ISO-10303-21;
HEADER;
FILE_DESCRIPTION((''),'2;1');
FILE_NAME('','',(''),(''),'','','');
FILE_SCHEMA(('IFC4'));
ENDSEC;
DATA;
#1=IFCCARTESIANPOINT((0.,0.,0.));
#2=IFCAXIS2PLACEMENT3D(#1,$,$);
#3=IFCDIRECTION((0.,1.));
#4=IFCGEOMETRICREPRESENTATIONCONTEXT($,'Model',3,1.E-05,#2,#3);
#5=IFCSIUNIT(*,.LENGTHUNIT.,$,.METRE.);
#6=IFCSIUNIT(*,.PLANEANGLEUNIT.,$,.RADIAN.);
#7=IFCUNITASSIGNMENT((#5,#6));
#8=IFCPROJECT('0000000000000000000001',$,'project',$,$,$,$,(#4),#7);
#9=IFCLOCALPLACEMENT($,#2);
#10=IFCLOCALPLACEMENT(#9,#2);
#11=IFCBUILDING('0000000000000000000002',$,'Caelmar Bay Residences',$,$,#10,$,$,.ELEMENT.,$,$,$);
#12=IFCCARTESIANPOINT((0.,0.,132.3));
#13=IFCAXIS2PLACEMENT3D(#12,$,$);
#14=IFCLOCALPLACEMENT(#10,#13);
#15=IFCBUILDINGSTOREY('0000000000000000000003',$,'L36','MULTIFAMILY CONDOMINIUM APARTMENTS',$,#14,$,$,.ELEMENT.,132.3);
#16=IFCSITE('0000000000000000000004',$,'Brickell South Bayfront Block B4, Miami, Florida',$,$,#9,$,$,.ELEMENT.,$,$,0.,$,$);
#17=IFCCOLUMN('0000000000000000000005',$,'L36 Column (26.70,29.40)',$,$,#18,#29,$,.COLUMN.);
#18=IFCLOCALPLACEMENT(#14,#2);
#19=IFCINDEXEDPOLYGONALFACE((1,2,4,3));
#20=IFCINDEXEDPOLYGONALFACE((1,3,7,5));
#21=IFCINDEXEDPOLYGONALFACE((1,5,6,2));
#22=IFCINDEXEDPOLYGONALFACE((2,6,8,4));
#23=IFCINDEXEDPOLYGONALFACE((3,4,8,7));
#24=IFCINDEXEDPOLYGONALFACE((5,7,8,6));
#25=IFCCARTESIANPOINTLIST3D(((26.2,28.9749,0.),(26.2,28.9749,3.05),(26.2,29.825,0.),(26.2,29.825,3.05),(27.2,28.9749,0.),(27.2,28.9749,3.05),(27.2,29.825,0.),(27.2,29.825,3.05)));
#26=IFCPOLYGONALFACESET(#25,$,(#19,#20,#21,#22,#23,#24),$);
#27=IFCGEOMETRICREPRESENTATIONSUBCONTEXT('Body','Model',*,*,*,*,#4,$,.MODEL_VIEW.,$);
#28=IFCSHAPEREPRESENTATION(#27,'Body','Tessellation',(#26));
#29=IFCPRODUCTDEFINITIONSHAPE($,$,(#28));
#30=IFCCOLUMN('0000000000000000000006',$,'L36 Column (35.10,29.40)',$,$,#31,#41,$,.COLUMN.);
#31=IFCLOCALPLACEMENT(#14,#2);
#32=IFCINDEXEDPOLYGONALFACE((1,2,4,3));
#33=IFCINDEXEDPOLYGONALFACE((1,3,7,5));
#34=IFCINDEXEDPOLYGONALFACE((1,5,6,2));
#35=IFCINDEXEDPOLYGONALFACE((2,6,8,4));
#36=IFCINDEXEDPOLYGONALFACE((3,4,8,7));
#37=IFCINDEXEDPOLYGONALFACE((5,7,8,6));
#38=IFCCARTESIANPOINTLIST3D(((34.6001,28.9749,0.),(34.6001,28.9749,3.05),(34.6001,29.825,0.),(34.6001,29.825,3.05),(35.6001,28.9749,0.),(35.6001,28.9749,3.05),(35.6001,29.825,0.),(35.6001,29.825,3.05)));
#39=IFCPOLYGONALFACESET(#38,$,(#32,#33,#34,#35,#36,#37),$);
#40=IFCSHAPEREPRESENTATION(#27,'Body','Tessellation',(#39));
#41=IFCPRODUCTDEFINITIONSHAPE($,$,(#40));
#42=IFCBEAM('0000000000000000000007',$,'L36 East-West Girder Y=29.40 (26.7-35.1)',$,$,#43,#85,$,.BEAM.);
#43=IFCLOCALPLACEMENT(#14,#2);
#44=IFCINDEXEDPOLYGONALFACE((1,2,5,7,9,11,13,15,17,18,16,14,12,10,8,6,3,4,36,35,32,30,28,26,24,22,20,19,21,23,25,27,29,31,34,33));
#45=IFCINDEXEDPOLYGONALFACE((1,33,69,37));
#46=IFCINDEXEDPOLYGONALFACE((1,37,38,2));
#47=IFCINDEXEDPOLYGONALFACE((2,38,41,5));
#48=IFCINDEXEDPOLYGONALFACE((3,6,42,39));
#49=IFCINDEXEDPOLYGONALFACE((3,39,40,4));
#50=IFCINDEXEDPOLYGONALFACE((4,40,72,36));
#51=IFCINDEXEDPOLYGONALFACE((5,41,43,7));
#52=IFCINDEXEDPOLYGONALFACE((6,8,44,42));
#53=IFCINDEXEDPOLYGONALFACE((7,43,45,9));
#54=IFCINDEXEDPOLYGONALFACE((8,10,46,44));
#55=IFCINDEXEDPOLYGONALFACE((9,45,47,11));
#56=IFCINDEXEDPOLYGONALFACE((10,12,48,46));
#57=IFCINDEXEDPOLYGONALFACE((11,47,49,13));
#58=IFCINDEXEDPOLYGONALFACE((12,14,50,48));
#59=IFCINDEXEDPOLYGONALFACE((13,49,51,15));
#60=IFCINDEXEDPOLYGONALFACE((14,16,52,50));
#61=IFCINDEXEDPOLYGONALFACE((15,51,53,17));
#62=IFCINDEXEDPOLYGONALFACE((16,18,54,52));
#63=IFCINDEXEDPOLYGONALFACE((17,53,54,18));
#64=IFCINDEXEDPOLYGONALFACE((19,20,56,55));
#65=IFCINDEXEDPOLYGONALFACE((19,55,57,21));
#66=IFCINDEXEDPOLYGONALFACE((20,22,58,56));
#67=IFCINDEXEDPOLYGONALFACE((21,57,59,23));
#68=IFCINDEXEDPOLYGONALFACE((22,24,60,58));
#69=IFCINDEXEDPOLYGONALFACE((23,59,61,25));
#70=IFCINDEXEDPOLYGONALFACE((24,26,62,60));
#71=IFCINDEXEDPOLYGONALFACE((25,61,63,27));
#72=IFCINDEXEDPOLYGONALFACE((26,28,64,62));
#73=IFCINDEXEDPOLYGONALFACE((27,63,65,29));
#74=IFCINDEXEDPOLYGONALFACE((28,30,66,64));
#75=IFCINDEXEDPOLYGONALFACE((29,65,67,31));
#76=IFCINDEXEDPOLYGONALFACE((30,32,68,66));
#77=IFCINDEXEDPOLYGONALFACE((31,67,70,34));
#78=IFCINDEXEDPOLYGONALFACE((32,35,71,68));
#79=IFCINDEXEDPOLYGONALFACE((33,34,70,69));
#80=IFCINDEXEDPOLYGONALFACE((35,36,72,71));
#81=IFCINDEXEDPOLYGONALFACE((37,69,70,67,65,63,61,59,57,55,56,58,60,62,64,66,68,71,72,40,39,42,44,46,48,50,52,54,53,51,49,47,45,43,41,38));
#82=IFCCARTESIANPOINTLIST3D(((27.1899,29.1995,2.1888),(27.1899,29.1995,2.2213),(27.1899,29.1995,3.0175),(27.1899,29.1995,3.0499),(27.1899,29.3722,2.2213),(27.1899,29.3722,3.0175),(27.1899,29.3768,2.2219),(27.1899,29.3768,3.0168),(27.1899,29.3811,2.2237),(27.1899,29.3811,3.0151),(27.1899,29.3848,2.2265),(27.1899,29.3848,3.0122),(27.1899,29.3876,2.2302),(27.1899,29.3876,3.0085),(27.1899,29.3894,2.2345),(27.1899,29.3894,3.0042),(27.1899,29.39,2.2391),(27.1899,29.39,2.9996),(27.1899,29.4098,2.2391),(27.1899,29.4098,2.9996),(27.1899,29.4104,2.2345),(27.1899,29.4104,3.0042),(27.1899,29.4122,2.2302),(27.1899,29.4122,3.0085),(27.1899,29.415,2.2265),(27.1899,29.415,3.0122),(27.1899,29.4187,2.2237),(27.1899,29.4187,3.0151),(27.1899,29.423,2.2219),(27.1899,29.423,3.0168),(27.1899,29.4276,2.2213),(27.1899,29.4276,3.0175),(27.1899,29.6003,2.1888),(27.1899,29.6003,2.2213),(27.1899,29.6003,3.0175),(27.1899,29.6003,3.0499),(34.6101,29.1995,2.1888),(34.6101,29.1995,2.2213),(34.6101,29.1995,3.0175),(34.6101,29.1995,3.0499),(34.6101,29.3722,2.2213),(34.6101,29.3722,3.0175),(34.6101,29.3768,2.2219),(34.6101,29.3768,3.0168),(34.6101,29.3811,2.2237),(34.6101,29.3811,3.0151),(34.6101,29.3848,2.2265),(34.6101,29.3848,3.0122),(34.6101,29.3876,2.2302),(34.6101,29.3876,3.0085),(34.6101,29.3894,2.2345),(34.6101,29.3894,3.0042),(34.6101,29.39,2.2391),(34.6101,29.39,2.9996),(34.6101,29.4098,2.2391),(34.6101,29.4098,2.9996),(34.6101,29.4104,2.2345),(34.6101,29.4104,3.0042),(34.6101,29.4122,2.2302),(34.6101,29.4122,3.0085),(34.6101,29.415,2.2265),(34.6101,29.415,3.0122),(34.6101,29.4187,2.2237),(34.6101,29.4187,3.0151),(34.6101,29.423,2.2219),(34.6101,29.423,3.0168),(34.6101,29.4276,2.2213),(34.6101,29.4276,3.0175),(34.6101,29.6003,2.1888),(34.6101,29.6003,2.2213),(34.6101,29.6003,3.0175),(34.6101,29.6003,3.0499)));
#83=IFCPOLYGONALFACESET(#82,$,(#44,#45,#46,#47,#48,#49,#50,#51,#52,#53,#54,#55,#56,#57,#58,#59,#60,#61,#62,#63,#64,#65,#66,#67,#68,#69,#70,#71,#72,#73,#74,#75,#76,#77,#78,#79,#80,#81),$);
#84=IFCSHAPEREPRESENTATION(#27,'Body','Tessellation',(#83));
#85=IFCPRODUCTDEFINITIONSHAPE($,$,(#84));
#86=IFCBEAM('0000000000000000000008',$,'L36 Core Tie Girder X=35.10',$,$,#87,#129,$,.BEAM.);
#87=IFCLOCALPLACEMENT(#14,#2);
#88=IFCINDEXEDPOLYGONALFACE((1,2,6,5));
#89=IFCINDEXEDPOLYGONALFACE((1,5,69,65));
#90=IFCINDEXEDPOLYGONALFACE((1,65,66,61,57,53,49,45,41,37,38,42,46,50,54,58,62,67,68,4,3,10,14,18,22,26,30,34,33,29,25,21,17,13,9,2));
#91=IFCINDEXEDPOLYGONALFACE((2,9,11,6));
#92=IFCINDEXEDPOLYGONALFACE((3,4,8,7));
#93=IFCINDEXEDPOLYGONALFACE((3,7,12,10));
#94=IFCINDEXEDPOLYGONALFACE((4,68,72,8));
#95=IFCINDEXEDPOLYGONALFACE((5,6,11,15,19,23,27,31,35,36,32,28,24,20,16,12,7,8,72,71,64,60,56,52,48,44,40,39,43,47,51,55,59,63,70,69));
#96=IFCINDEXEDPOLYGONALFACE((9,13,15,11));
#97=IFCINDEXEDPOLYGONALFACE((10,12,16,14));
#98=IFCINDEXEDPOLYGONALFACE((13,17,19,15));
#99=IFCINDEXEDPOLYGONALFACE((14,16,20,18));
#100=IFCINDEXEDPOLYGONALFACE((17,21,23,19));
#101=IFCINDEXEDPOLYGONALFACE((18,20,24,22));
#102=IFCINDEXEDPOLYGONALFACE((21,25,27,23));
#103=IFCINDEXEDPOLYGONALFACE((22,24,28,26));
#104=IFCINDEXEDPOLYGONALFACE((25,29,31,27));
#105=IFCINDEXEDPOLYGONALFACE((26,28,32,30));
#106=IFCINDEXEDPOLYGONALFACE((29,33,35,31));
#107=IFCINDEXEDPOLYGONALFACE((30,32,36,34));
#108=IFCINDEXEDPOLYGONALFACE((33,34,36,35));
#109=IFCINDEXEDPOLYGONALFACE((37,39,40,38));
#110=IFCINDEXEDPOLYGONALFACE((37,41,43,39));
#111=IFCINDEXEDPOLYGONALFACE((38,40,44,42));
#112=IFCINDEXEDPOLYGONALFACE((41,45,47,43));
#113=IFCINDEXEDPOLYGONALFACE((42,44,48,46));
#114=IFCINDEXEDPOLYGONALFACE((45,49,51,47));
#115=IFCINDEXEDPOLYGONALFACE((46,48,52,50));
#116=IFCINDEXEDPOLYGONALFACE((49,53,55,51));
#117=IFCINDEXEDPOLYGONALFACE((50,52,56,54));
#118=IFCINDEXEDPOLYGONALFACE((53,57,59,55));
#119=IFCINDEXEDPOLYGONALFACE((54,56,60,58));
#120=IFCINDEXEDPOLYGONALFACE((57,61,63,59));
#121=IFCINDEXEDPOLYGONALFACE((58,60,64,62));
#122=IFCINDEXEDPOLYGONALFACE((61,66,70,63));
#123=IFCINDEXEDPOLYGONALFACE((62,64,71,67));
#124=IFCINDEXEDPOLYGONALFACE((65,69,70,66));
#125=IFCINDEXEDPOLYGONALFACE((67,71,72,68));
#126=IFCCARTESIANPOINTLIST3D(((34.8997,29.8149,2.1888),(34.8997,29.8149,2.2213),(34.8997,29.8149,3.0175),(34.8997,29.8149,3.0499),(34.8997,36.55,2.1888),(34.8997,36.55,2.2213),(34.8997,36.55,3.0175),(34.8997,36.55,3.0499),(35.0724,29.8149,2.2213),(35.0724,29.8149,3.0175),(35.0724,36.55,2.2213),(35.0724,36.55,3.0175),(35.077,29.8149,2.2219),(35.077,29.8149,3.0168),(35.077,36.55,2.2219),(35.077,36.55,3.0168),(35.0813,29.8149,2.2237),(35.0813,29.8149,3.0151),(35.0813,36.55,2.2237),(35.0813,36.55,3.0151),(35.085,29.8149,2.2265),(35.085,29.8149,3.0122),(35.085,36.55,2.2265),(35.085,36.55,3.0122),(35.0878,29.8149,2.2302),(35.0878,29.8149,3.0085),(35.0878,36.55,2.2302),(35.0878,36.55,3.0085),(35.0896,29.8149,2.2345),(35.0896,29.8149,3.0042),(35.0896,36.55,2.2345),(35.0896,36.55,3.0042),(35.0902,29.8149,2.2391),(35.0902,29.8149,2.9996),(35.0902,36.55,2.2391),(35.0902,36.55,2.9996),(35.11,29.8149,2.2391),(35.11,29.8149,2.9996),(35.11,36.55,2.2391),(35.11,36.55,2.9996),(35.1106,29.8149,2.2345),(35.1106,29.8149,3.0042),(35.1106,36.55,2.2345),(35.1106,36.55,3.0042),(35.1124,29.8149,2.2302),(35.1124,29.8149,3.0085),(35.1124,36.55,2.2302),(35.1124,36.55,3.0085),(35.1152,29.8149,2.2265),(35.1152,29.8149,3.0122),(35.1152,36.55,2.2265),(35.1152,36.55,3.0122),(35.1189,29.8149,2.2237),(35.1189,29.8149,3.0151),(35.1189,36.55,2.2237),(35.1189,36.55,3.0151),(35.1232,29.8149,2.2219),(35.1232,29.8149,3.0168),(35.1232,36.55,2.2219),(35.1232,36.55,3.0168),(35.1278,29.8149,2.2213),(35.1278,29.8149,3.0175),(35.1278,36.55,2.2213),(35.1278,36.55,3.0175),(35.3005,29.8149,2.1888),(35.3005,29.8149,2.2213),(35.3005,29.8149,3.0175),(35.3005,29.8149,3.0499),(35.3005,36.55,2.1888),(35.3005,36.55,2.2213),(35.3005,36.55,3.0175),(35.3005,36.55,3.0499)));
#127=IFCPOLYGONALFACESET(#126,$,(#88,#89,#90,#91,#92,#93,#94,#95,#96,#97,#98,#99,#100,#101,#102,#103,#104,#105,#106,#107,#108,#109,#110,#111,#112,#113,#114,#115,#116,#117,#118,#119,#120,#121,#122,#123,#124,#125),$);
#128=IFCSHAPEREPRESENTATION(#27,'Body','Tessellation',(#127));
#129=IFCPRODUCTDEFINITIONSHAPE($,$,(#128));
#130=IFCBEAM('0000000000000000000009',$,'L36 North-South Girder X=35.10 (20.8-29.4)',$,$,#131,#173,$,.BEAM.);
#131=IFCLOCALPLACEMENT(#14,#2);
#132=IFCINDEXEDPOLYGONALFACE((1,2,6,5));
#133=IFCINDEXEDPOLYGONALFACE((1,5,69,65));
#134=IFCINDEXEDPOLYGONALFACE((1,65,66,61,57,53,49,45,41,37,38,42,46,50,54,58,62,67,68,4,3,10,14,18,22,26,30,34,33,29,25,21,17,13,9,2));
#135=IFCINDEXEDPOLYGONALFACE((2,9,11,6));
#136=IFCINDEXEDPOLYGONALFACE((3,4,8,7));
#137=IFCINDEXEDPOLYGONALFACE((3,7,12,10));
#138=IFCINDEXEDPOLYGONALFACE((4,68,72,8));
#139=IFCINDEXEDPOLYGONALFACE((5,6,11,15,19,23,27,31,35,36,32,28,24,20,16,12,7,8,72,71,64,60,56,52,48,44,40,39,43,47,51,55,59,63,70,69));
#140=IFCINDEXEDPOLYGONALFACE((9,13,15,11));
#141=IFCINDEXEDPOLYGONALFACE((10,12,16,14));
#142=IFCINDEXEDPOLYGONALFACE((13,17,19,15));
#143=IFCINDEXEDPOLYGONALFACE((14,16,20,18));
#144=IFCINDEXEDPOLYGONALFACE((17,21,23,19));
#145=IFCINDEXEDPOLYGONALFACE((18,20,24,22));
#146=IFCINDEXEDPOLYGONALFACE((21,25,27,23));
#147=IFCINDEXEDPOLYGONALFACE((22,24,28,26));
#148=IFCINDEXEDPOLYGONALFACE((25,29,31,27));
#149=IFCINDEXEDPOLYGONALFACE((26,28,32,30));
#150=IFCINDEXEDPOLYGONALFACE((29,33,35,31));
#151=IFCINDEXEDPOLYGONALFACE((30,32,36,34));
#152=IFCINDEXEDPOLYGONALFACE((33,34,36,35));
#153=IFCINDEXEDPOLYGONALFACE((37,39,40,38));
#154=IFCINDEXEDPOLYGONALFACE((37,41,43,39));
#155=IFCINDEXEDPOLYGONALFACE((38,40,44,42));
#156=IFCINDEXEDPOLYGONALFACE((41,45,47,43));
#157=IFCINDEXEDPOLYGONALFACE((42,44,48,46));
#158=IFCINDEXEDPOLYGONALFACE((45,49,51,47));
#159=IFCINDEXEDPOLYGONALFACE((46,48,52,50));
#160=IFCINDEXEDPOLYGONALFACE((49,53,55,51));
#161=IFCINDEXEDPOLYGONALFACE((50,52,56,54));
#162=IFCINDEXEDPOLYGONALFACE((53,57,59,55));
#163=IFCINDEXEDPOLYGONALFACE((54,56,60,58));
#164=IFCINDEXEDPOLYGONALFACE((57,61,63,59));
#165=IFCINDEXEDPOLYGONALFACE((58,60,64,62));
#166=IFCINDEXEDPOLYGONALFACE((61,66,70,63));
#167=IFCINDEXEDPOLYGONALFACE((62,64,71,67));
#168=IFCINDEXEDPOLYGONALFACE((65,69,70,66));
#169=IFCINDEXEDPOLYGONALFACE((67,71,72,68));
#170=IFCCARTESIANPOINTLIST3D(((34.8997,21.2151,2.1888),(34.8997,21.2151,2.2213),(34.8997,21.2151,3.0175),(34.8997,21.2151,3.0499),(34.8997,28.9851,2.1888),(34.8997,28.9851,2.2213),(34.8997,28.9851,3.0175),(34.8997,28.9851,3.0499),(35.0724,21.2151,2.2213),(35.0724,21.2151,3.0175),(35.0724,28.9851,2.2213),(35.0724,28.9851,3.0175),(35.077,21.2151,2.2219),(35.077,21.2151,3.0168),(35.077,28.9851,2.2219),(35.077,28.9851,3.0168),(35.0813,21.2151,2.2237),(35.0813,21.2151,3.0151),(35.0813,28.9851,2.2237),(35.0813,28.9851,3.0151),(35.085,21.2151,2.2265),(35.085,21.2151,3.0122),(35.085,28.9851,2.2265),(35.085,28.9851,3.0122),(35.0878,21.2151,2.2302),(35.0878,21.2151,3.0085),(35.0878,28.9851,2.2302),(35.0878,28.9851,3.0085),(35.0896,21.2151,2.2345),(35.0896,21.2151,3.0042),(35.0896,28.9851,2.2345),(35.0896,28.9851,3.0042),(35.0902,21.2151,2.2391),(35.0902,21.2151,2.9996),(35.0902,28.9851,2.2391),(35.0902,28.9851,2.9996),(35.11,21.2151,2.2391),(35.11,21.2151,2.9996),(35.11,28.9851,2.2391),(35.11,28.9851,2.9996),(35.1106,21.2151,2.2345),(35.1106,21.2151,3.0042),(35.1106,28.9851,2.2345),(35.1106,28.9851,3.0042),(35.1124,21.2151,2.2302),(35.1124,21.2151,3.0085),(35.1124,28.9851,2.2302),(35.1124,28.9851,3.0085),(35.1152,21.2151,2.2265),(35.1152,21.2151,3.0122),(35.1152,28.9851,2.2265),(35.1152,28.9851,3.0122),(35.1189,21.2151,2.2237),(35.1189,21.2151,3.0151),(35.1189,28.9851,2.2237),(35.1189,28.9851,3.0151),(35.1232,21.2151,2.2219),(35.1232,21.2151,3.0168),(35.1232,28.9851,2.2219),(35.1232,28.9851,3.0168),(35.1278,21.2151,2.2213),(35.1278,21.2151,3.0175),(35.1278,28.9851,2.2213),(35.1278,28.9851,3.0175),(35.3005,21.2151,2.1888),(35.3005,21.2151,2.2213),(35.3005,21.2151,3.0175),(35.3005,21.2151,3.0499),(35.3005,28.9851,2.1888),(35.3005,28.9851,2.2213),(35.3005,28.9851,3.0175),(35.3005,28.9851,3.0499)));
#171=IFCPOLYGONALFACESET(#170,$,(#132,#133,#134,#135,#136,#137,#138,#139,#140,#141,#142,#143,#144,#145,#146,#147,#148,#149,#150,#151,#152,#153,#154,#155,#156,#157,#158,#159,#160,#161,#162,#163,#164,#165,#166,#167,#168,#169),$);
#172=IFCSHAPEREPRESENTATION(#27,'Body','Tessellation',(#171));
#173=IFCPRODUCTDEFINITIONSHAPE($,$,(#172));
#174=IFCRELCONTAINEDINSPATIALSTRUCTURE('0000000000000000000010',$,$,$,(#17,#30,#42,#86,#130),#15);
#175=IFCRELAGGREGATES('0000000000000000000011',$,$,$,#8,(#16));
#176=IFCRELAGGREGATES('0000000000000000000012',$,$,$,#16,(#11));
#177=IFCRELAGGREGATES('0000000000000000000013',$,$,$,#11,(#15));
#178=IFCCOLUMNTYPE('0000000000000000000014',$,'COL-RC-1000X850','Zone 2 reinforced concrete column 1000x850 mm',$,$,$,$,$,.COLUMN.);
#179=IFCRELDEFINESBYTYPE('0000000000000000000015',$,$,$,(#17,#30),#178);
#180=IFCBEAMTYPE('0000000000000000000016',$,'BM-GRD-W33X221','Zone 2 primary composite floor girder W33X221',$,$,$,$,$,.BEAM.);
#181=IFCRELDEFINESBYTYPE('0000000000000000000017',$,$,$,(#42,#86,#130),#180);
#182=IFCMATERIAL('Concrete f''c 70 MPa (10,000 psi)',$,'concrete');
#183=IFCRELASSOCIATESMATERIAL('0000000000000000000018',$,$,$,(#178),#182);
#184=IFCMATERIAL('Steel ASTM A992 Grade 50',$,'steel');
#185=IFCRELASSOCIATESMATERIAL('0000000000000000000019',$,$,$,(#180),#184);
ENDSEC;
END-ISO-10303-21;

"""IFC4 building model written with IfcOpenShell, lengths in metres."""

from ifc_helpers import new_model, si_unit, direction, frame, origin, origin_2d, place, context, subcontext, project, spatial, rectangle, i_section, extrude, material, material_profile, profile_set, type_object, element, save


model = new_model("IFC4")

# Units and contexts
model_context = context("Model", 3, precision=1e-05, world=origin(), true_north=direction((0.0, 1.0)))
body_context = subcontext(model_context, "Body", "Model", "MODEL_VIEW")
ifc_project = project(units=[si_unit("LENGTHUNIT", "METRE"), si_unit("PLANEANGLEUNIT", "RADIAN")], contexts=[model_context])

# Site, building, storey
site_placement = place(None, origin())
site = spatial("IfcSite", under=ifc_project, at=site_placement, Name="Brickell South Bayfront Block B4, Miami, Florida", CompositionType="ELEMENT", RefElevation=0.0)
building_placement = place(site_placement, origin())
building = spatial("IfcBuilding", under=site, at=building_placement, Name="Caelmar Bay Residences", CompositionType="ELEMENT")
storey_placement = place(building_placement, frame((0.0, 0.0, 132.3)))
storey = spatial("IfcBuildingStorey", under=building, at=storey_placement, Name="L36", Description="MULTIFAMILY CONDOMINIUM APARTMENTS", CompositionType="ELEMENT", Elevation=132.3)

# Columns
ifc_material_1 = material(Name="Concrete f'c 70 MPa (10,000 psi)", Category="concrete")
ifc_material_profile_1 = material_profile(ifc_material_1, rectangle(XDim=1.0, YDim=0.8501, at=origin_2d()), Name="RC-COL-1000X850")
ifc_profile_set_1 = profile_set([ifc_material_profile_1], Name="Concrete f'c 70 MPa (10,000 psi)")
column_type = type_object("IfcColumnType", Name="COL-RC-1000X850", Description="Zone 2 reinforced concrete column 1000x850 mm", PredefinedType="COLUMN", material=ifc_profile_set_1)
for number, where, z_axis, x_axis, name in (
    (1, (26.7, 29.3999, 0.0), (0.0, 0.0, 1.0), (1.0, 0.0, 0.0), "L36 Column (26.70,29.40)"),
    (2, (35.1001, 29.3999, 0.0), (0.0, 0.0, 1.0), (1.0, 0.0, 0.0), "L36 Column (35.10,29.40)"),
):
    element("IfcColumn", number, at=place(storey_placement, frame(where, z_axis=z_axis, x_axis=x_axis)), inside=storey, type_object=column_type, Name=name, PredefinedType="COLUMN", context=body_context, shape_type="SweptSolid", body=[
        extrude(rectangle(XDim=1.0, YDim=0.8501, at=origin_2d()), origin(), (0.0, 0.0, 1.0), 3.05),
    ])

# Beams
ifc_material_2 = material(Name="Steel ASTM A992 Grade 50", Category="steel")
ifc_material_profile_2 = material_profile(ifc_material_2, i_section(OverallWidth=0.4009, OverallDepth=0.8611, WebThickness=0.0198, FlangeThickness=0.0325, FilletRadius=0.0178, at=origin_2d()), Name="W33X221")
ifc_profile_set_2 = profile_set([ifc_material_profile_2], Name="Steel ASTM A992 Grade 50")
beam_type_1 = type_object("IfcBeamType", Name="BM-GRD-W33X221", Description="Zone 2 primary composite floor girder W33X221", PredefinedType="BEAM", material=ifc_profile_set_2)
beam_1_placement = place(storey_placement, frame((27.1899, 29.3999, 2.6194), z_axis=(1.0, 0.0, 0.0), x_axis=(0.0, 1.0, 0.0)))
element("IfcBeam", 3, at=beam_1_placement, inside=storey, type_object=beam_type_1, Name="L36 East-West Girder Y=29.40 (26.7-35.1)", PredefinedType="BEAM", context=body_context, shape_type="SweptSolid", body=[
    extrude(i_section(OverallWidth=0.4009, OverallDepth=0.8611, WebThickness=0.0198, FlangeThickness=0.0325, FilletRadius=0.0178, at=origin_2d()), origin(), (0.0, 0.0, 1.0), 7.4202),
])
beam_2_placement = place(storey_placement, frame((35.1001, 29.8149, 2.6194), z_axis=(0.0, 1.0, 0.0), x_axis=(-1.0, 0.0, 0.0)))
element("IfcBeam", 4, at=beam_2_placement, inside=storey, type_object=beam_type_1, Name="L36 Core Tie Girder X=35.10", PredefinedType="BEAM", context=body_context, shape_type="SweptSolid", body=[
    extrude(i_section(OverallWidth=0.4009, OverallDepth=0.8611, WebThickness=0.0198, FlangeThickness=0.0325, FilletRadius=0.0178, at=origin_2d()), origin(), (0.0, 0.0, 1.0), 6.7351),
])
beam_3_placement = place(storey_placement, frame((35.1001, 21.2151, 2.6194), z_axis=(0.0, 1.0, 0.0), x_axis=(-1.0, 0.0, 0.0)))
element("IfcBeam", 5, at=beam_3_placement, inside=storey, type_object=beam_type_1, Name="L36 North-South Girder X=35.10 (20.8-29.4)", PredefinedType="BEAM", context=body_context, shape_type="SweptSolid", body=[
    extrude(i_section(OverallWidth=0.4009, OverallDepth=0.8611, WebThickness=0.0198, FlangeThickness=0.0325, FilletRadius=0.0178, at=origin_2d()), origin(), (0.0, 0.0, 1.0), 7.77),
])

save(model, "model.ifc")
